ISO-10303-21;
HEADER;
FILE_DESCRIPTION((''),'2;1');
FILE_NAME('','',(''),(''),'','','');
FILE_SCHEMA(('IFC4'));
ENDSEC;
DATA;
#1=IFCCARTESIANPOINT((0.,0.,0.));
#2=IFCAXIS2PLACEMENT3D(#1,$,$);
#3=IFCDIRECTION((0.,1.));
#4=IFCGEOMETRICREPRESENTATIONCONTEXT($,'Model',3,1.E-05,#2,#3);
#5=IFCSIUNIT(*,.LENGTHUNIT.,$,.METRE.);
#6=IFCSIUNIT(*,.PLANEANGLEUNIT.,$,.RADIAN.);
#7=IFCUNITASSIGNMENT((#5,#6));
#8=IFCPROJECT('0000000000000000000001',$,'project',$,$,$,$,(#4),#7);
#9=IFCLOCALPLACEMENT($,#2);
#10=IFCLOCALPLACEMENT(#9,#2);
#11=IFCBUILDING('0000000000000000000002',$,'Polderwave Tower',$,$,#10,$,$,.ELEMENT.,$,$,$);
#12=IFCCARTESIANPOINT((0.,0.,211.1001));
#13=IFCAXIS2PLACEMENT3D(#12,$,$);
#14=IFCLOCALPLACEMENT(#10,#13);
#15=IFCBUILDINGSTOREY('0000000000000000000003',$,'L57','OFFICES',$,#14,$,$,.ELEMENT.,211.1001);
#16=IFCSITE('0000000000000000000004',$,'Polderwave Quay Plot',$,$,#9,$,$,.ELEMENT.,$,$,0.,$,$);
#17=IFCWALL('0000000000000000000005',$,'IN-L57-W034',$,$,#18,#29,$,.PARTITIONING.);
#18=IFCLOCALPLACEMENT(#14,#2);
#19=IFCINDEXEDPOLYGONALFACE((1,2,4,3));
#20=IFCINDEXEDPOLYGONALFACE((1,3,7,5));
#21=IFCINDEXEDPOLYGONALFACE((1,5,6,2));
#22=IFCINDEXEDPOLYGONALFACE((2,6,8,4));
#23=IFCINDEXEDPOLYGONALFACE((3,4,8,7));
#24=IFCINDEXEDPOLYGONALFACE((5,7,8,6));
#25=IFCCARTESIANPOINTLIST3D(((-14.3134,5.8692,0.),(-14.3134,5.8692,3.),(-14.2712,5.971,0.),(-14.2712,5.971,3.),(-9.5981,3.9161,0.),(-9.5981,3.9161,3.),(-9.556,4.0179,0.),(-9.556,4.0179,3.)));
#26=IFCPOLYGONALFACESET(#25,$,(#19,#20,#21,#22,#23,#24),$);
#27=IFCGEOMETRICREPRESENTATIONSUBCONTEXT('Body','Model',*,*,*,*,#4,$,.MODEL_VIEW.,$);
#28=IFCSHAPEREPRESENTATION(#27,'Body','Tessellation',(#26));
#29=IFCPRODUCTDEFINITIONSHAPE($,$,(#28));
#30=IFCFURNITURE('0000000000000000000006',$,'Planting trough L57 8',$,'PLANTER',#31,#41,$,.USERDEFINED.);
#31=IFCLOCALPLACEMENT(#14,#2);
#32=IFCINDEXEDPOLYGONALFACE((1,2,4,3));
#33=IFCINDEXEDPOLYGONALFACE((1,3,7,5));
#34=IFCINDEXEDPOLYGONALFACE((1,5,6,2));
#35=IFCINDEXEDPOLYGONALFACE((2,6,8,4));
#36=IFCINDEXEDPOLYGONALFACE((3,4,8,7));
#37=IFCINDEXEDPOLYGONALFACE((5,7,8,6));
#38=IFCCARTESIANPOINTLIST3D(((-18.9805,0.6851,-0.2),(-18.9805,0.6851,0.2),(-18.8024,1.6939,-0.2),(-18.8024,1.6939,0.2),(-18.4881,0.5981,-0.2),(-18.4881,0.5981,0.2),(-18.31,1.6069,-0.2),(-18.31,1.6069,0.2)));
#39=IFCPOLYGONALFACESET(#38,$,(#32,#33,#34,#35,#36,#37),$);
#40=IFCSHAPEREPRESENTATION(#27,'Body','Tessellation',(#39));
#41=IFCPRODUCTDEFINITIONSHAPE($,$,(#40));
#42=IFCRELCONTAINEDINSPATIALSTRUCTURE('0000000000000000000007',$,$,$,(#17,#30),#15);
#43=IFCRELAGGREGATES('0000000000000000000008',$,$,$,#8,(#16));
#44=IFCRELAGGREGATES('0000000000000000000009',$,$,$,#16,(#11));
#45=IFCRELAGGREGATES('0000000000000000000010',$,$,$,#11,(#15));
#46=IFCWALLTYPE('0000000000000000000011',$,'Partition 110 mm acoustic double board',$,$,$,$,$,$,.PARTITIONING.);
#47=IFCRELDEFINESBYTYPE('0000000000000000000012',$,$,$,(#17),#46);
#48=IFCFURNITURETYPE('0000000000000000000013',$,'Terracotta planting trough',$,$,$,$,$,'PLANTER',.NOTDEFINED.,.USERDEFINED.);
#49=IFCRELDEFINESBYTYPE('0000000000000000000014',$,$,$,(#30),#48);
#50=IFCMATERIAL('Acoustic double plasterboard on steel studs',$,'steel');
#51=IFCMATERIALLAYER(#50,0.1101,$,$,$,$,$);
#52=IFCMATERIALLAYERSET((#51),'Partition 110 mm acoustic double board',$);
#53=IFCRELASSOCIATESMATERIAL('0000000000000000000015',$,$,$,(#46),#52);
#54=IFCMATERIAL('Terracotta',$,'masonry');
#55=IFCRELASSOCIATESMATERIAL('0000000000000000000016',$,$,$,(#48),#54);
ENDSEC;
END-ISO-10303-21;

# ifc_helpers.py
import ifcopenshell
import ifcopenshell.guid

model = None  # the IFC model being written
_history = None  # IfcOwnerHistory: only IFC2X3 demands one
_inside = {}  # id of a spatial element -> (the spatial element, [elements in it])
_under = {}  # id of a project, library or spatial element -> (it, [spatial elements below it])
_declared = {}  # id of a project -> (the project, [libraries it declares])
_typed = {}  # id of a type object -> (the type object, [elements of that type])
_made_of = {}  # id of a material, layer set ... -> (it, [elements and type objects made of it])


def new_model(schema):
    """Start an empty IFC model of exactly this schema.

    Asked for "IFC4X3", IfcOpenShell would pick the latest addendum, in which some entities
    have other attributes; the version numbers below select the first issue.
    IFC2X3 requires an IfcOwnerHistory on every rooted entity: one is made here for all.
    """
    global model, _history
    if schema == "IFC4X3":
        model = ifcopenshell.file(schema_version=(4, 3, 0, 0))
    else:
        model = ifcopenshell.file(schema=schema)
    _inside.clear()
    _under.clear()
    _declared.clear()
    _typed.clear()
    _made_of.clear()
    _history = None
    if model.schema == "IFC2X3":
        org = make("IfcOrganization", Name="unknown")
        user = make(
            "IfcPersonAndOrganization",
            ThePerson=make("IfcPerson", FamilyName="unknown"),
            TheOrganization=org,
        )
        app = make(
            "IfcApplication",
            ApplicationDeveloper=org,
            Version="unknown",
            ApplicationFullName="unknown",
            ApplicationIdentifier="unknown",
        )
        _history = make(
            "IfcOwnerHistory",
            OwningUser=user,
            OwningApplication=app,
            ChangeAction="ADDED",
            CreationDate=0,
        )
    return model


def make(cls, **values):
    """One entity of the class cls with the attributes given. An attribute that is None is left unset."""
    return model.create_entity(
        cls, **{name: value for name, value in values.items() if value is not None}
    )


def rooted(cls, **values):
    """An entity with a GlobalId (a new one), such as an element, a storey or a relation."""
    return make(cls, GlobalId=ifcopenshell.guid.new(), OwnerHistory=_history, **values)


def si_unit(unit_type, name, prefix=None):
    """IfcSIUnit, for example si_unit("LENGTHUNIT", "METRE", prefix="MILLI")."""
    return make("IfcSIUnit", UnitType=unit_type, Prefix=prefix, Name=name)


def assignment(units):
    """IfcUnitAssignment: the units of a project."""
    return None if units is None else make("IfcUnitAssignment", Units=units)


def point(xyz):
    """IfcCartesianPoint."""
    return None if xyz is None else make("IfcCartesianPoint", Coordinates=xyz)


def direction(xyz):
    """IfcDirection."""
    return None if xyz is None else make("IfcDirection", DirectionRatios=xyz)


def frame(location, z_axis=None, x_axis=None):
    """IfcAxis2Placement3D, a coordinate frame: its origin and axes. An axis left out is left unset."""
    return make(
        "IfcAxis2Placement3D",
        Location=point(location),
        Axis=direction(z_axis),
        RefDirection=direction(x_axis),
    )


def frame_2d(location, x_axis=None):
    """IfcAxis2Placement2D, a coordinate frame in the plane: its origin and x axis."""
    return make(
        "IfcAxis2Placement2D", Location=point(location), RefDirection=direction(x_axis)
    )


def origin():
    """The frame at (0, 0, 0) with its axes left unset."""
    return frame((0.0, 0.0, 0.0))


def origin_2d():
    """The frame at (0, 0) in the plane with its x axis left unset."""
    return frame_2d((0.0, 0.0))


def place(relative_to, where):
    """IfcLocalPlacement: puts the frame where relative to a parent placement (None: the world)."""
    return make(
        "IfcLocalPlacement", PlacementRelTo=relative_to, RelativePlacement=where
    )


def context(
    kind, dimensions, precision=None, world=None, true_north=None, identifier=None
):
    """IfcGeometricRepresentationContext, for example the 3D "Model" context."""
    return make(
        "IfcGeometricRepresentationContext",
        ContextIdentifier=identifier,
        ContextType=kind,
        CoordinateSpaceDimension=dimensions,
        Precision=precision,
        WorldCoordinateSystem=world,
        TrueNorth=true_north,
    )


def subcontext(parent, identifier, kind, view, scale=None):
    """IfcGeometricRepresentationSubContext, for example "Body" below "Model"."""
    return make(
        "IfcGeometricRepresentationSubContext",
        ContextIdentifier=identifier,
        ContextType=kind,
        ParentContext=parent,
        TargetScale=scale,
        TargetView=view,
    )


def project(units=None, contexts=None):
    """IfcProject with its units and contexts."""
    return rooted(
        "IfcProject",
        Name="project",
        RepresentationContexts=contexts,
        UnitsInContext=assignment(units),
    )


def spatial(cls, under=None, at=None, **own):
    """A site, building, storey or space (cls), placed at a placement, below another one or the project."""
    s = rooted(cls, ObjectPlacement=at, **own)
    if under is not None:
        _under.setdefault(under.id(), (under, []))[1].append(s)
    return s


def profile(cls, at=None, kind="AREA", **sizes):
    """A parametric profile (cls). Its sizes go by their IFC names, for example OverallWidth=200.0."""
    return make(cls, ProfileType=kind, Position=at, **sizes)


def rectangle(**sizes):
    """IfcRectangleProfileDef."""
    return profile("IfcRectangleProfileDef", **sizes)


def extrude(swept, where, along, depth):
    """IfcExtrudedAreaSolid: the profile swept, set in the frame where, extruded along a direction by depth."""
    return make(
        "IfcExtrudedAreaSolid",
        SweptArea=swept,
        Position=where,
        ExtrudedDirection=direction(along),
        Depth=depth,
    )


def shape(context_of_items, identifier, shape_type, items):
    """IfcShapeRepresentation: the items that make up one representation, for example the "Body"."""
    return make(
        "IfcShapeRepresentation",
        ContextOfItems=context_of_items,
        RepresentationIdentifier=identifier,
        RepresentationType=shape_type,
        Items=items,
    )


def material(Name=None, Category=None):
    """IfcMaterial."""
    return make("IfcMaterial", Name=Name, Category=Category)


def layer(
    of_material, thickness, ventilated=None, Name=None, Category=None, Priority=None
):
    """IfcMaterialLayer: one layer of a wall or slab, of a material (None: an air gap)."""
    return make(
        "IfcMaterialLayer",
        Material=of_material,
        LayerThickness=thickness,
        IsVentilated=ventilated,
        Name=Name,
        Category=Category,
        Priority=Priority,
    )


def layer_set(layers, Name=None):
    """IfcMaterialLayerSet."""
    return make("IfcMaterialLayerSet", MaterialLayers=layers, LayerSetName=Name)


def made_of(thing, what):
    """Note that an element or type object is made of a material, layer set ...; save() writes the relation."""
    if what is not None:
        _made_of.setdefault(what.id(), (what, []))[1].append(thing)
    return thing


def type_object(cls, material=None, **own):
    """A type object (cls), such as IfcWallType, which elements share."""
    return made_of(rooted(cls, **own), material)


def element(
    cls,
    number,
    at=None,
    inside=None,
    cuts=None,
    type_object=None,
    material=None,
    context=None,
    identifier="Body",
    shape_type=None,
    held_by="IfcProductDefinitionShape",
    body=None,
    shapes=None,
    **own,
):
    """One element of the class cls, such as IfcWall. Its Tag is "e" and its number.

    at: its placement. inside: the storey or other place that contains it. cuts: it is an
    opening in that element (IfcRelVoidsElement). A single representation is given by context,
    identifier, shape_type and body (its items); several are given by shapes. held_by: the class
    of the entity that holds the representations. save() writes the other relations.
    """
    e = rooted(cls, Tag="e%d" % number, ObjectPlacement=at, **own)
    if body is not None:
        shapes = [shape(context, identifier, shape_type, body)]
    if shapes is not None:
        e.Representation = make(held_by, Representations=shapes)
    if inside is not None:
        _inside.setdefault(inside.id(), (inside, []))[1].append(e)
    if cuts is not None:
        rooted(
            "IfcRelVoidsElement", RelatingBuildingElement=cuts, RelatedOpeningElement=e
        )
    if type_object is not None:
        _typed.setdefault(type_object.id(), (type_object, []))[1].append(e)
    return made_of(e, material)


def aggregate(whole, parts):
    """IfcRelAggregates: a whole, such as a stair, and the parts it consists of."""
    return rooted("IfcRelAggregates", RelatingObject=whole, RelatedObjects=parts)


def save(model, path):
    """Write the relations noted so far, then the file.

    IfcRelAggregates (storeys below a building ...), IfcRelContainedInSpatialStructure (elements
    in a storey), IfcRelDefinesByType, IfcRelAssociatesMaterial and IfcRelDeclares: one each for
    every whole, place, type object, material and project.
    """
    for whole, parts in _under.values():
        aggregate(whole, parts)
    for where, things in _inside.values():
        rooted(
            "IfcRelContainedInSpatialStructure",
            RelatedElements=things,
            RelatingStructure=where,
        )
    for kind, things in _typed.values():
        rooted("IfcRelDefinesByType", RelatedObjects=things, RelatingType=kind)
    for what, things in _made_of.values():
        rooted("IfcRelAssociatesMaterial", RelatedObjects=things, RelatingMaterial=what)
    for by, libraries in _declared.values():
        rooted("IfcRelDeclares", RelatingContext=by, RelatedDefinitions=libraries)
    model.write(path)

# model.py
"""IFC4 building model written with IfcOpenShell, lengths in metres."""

from ifc_helpers import new_model, si_unit, direction, frame, frame_2d, origin, origin_2d, place, context, subcontext, project, spatial, rectangle, extrude, material, layer, layer_set, type_object, element, save


model = new_model("IFC4")

# Units and contexts
model_context = context("Model", 3, precision=1e-05, world=origin(), true_north=direction((0.0, 1.0)))
body_context = subcontext(model_context, "Body", "Model", "MODEL_VIEW")
ifc_project = project(units=[si_unit("LENGTHUNIT", "METRE"), si_unit("PLANEANGLEUNIT", "RADIAN")], contexts=[model_context])

# Site, building, storey
site_placement = place(None, origin())
site = spatial("IfcSite", under=ifc_project, at=site_placement, Name="Polderwave Quay Plot", CompositionType="ELEMENT", RefElevation=0.0)
building_placement = place(site_placement, origin())
building = spatial("IfcBuilding", under=site, at=building_placement, Name="Polderwave Tower", CompositionType="ELEMENT")
storey_placement = place(building_placement, frame((0.0, 0.0, 211.1001)))
storey = spatial("IfcBuildingStorey", under=building, at=storey_placement, Name="L57", Description="OFFICES", CompositionType="ELEMENT", Elevation=211.1001)

# Wall
ifc_material_1 = material(Name="Acoustic double plasterboard on steel studs", Category="steel")
ifc_layer_1 = layer(ifc_material_1, 0.1101)
ifc_layer_set_1 = layer_set([ifc_layer_1], Name="Partition 110 mm acoustic double board")
wall_type_1 = type_object("IfcWallType", Name="Partition 110 mm acoustic double board", PredefinedType="PARTITIONING", material=ifc_layer_set_1)
wall_1_placement = place(storey_placement, frame((-9.5771, 3.967, 0.0), z_axis=(0.0, 0.0, 1.0), x_axis=(-0.923882, 0.382679, 0.0)))
element("IfcWall", 1, at=wall_1_placement, inside=storey, type_object=wall_type_1, Name="IN-L57-W034", PredefinedType="PARTITIONING", context=body_context, shape_type="SweptSolid", body=[
    extrude(rectangle(XDim=5.1038, YDim=0.1101, at=frame_2d((2.5518, 0.0))), origin(), (0.0, 0.0, 1.0), 3.0),
])

# Furniture
ifc_material_2 = material(Name="Terracotta", Category="masonry")
furniture_type = type_object("IfcFurnitureType", Name="Terracotta planting trough", ElementType="PLANTER", AssemblyPlace="NOTDEFINED", PredefinedType="USERDEFINED", material=ifc_material_2)
furniture_placement = place(storey_placement, frame((-18.6453, 1.146, -0.2), z_axis=(0.0, 0.0, 1.0), x_axis=(-0.173906, -0.984762, 0.0)))
element("IfcFurniture", 2, at=furniture_placement, inside=storey, type_object=furniture_type, Name="Planting trough L57 8", ObjectType="PLANTER", PredefinedType="USERDEFINED", context=body_context, shape_type="SweptSolid", body=[
    extrude(rectangle(XDim=1.0244, YDim=0.5, at=origin_2d()), origin(), (0.0, 0.0, 1.0), 0.3999),
])

save(model, "model.ifc")
